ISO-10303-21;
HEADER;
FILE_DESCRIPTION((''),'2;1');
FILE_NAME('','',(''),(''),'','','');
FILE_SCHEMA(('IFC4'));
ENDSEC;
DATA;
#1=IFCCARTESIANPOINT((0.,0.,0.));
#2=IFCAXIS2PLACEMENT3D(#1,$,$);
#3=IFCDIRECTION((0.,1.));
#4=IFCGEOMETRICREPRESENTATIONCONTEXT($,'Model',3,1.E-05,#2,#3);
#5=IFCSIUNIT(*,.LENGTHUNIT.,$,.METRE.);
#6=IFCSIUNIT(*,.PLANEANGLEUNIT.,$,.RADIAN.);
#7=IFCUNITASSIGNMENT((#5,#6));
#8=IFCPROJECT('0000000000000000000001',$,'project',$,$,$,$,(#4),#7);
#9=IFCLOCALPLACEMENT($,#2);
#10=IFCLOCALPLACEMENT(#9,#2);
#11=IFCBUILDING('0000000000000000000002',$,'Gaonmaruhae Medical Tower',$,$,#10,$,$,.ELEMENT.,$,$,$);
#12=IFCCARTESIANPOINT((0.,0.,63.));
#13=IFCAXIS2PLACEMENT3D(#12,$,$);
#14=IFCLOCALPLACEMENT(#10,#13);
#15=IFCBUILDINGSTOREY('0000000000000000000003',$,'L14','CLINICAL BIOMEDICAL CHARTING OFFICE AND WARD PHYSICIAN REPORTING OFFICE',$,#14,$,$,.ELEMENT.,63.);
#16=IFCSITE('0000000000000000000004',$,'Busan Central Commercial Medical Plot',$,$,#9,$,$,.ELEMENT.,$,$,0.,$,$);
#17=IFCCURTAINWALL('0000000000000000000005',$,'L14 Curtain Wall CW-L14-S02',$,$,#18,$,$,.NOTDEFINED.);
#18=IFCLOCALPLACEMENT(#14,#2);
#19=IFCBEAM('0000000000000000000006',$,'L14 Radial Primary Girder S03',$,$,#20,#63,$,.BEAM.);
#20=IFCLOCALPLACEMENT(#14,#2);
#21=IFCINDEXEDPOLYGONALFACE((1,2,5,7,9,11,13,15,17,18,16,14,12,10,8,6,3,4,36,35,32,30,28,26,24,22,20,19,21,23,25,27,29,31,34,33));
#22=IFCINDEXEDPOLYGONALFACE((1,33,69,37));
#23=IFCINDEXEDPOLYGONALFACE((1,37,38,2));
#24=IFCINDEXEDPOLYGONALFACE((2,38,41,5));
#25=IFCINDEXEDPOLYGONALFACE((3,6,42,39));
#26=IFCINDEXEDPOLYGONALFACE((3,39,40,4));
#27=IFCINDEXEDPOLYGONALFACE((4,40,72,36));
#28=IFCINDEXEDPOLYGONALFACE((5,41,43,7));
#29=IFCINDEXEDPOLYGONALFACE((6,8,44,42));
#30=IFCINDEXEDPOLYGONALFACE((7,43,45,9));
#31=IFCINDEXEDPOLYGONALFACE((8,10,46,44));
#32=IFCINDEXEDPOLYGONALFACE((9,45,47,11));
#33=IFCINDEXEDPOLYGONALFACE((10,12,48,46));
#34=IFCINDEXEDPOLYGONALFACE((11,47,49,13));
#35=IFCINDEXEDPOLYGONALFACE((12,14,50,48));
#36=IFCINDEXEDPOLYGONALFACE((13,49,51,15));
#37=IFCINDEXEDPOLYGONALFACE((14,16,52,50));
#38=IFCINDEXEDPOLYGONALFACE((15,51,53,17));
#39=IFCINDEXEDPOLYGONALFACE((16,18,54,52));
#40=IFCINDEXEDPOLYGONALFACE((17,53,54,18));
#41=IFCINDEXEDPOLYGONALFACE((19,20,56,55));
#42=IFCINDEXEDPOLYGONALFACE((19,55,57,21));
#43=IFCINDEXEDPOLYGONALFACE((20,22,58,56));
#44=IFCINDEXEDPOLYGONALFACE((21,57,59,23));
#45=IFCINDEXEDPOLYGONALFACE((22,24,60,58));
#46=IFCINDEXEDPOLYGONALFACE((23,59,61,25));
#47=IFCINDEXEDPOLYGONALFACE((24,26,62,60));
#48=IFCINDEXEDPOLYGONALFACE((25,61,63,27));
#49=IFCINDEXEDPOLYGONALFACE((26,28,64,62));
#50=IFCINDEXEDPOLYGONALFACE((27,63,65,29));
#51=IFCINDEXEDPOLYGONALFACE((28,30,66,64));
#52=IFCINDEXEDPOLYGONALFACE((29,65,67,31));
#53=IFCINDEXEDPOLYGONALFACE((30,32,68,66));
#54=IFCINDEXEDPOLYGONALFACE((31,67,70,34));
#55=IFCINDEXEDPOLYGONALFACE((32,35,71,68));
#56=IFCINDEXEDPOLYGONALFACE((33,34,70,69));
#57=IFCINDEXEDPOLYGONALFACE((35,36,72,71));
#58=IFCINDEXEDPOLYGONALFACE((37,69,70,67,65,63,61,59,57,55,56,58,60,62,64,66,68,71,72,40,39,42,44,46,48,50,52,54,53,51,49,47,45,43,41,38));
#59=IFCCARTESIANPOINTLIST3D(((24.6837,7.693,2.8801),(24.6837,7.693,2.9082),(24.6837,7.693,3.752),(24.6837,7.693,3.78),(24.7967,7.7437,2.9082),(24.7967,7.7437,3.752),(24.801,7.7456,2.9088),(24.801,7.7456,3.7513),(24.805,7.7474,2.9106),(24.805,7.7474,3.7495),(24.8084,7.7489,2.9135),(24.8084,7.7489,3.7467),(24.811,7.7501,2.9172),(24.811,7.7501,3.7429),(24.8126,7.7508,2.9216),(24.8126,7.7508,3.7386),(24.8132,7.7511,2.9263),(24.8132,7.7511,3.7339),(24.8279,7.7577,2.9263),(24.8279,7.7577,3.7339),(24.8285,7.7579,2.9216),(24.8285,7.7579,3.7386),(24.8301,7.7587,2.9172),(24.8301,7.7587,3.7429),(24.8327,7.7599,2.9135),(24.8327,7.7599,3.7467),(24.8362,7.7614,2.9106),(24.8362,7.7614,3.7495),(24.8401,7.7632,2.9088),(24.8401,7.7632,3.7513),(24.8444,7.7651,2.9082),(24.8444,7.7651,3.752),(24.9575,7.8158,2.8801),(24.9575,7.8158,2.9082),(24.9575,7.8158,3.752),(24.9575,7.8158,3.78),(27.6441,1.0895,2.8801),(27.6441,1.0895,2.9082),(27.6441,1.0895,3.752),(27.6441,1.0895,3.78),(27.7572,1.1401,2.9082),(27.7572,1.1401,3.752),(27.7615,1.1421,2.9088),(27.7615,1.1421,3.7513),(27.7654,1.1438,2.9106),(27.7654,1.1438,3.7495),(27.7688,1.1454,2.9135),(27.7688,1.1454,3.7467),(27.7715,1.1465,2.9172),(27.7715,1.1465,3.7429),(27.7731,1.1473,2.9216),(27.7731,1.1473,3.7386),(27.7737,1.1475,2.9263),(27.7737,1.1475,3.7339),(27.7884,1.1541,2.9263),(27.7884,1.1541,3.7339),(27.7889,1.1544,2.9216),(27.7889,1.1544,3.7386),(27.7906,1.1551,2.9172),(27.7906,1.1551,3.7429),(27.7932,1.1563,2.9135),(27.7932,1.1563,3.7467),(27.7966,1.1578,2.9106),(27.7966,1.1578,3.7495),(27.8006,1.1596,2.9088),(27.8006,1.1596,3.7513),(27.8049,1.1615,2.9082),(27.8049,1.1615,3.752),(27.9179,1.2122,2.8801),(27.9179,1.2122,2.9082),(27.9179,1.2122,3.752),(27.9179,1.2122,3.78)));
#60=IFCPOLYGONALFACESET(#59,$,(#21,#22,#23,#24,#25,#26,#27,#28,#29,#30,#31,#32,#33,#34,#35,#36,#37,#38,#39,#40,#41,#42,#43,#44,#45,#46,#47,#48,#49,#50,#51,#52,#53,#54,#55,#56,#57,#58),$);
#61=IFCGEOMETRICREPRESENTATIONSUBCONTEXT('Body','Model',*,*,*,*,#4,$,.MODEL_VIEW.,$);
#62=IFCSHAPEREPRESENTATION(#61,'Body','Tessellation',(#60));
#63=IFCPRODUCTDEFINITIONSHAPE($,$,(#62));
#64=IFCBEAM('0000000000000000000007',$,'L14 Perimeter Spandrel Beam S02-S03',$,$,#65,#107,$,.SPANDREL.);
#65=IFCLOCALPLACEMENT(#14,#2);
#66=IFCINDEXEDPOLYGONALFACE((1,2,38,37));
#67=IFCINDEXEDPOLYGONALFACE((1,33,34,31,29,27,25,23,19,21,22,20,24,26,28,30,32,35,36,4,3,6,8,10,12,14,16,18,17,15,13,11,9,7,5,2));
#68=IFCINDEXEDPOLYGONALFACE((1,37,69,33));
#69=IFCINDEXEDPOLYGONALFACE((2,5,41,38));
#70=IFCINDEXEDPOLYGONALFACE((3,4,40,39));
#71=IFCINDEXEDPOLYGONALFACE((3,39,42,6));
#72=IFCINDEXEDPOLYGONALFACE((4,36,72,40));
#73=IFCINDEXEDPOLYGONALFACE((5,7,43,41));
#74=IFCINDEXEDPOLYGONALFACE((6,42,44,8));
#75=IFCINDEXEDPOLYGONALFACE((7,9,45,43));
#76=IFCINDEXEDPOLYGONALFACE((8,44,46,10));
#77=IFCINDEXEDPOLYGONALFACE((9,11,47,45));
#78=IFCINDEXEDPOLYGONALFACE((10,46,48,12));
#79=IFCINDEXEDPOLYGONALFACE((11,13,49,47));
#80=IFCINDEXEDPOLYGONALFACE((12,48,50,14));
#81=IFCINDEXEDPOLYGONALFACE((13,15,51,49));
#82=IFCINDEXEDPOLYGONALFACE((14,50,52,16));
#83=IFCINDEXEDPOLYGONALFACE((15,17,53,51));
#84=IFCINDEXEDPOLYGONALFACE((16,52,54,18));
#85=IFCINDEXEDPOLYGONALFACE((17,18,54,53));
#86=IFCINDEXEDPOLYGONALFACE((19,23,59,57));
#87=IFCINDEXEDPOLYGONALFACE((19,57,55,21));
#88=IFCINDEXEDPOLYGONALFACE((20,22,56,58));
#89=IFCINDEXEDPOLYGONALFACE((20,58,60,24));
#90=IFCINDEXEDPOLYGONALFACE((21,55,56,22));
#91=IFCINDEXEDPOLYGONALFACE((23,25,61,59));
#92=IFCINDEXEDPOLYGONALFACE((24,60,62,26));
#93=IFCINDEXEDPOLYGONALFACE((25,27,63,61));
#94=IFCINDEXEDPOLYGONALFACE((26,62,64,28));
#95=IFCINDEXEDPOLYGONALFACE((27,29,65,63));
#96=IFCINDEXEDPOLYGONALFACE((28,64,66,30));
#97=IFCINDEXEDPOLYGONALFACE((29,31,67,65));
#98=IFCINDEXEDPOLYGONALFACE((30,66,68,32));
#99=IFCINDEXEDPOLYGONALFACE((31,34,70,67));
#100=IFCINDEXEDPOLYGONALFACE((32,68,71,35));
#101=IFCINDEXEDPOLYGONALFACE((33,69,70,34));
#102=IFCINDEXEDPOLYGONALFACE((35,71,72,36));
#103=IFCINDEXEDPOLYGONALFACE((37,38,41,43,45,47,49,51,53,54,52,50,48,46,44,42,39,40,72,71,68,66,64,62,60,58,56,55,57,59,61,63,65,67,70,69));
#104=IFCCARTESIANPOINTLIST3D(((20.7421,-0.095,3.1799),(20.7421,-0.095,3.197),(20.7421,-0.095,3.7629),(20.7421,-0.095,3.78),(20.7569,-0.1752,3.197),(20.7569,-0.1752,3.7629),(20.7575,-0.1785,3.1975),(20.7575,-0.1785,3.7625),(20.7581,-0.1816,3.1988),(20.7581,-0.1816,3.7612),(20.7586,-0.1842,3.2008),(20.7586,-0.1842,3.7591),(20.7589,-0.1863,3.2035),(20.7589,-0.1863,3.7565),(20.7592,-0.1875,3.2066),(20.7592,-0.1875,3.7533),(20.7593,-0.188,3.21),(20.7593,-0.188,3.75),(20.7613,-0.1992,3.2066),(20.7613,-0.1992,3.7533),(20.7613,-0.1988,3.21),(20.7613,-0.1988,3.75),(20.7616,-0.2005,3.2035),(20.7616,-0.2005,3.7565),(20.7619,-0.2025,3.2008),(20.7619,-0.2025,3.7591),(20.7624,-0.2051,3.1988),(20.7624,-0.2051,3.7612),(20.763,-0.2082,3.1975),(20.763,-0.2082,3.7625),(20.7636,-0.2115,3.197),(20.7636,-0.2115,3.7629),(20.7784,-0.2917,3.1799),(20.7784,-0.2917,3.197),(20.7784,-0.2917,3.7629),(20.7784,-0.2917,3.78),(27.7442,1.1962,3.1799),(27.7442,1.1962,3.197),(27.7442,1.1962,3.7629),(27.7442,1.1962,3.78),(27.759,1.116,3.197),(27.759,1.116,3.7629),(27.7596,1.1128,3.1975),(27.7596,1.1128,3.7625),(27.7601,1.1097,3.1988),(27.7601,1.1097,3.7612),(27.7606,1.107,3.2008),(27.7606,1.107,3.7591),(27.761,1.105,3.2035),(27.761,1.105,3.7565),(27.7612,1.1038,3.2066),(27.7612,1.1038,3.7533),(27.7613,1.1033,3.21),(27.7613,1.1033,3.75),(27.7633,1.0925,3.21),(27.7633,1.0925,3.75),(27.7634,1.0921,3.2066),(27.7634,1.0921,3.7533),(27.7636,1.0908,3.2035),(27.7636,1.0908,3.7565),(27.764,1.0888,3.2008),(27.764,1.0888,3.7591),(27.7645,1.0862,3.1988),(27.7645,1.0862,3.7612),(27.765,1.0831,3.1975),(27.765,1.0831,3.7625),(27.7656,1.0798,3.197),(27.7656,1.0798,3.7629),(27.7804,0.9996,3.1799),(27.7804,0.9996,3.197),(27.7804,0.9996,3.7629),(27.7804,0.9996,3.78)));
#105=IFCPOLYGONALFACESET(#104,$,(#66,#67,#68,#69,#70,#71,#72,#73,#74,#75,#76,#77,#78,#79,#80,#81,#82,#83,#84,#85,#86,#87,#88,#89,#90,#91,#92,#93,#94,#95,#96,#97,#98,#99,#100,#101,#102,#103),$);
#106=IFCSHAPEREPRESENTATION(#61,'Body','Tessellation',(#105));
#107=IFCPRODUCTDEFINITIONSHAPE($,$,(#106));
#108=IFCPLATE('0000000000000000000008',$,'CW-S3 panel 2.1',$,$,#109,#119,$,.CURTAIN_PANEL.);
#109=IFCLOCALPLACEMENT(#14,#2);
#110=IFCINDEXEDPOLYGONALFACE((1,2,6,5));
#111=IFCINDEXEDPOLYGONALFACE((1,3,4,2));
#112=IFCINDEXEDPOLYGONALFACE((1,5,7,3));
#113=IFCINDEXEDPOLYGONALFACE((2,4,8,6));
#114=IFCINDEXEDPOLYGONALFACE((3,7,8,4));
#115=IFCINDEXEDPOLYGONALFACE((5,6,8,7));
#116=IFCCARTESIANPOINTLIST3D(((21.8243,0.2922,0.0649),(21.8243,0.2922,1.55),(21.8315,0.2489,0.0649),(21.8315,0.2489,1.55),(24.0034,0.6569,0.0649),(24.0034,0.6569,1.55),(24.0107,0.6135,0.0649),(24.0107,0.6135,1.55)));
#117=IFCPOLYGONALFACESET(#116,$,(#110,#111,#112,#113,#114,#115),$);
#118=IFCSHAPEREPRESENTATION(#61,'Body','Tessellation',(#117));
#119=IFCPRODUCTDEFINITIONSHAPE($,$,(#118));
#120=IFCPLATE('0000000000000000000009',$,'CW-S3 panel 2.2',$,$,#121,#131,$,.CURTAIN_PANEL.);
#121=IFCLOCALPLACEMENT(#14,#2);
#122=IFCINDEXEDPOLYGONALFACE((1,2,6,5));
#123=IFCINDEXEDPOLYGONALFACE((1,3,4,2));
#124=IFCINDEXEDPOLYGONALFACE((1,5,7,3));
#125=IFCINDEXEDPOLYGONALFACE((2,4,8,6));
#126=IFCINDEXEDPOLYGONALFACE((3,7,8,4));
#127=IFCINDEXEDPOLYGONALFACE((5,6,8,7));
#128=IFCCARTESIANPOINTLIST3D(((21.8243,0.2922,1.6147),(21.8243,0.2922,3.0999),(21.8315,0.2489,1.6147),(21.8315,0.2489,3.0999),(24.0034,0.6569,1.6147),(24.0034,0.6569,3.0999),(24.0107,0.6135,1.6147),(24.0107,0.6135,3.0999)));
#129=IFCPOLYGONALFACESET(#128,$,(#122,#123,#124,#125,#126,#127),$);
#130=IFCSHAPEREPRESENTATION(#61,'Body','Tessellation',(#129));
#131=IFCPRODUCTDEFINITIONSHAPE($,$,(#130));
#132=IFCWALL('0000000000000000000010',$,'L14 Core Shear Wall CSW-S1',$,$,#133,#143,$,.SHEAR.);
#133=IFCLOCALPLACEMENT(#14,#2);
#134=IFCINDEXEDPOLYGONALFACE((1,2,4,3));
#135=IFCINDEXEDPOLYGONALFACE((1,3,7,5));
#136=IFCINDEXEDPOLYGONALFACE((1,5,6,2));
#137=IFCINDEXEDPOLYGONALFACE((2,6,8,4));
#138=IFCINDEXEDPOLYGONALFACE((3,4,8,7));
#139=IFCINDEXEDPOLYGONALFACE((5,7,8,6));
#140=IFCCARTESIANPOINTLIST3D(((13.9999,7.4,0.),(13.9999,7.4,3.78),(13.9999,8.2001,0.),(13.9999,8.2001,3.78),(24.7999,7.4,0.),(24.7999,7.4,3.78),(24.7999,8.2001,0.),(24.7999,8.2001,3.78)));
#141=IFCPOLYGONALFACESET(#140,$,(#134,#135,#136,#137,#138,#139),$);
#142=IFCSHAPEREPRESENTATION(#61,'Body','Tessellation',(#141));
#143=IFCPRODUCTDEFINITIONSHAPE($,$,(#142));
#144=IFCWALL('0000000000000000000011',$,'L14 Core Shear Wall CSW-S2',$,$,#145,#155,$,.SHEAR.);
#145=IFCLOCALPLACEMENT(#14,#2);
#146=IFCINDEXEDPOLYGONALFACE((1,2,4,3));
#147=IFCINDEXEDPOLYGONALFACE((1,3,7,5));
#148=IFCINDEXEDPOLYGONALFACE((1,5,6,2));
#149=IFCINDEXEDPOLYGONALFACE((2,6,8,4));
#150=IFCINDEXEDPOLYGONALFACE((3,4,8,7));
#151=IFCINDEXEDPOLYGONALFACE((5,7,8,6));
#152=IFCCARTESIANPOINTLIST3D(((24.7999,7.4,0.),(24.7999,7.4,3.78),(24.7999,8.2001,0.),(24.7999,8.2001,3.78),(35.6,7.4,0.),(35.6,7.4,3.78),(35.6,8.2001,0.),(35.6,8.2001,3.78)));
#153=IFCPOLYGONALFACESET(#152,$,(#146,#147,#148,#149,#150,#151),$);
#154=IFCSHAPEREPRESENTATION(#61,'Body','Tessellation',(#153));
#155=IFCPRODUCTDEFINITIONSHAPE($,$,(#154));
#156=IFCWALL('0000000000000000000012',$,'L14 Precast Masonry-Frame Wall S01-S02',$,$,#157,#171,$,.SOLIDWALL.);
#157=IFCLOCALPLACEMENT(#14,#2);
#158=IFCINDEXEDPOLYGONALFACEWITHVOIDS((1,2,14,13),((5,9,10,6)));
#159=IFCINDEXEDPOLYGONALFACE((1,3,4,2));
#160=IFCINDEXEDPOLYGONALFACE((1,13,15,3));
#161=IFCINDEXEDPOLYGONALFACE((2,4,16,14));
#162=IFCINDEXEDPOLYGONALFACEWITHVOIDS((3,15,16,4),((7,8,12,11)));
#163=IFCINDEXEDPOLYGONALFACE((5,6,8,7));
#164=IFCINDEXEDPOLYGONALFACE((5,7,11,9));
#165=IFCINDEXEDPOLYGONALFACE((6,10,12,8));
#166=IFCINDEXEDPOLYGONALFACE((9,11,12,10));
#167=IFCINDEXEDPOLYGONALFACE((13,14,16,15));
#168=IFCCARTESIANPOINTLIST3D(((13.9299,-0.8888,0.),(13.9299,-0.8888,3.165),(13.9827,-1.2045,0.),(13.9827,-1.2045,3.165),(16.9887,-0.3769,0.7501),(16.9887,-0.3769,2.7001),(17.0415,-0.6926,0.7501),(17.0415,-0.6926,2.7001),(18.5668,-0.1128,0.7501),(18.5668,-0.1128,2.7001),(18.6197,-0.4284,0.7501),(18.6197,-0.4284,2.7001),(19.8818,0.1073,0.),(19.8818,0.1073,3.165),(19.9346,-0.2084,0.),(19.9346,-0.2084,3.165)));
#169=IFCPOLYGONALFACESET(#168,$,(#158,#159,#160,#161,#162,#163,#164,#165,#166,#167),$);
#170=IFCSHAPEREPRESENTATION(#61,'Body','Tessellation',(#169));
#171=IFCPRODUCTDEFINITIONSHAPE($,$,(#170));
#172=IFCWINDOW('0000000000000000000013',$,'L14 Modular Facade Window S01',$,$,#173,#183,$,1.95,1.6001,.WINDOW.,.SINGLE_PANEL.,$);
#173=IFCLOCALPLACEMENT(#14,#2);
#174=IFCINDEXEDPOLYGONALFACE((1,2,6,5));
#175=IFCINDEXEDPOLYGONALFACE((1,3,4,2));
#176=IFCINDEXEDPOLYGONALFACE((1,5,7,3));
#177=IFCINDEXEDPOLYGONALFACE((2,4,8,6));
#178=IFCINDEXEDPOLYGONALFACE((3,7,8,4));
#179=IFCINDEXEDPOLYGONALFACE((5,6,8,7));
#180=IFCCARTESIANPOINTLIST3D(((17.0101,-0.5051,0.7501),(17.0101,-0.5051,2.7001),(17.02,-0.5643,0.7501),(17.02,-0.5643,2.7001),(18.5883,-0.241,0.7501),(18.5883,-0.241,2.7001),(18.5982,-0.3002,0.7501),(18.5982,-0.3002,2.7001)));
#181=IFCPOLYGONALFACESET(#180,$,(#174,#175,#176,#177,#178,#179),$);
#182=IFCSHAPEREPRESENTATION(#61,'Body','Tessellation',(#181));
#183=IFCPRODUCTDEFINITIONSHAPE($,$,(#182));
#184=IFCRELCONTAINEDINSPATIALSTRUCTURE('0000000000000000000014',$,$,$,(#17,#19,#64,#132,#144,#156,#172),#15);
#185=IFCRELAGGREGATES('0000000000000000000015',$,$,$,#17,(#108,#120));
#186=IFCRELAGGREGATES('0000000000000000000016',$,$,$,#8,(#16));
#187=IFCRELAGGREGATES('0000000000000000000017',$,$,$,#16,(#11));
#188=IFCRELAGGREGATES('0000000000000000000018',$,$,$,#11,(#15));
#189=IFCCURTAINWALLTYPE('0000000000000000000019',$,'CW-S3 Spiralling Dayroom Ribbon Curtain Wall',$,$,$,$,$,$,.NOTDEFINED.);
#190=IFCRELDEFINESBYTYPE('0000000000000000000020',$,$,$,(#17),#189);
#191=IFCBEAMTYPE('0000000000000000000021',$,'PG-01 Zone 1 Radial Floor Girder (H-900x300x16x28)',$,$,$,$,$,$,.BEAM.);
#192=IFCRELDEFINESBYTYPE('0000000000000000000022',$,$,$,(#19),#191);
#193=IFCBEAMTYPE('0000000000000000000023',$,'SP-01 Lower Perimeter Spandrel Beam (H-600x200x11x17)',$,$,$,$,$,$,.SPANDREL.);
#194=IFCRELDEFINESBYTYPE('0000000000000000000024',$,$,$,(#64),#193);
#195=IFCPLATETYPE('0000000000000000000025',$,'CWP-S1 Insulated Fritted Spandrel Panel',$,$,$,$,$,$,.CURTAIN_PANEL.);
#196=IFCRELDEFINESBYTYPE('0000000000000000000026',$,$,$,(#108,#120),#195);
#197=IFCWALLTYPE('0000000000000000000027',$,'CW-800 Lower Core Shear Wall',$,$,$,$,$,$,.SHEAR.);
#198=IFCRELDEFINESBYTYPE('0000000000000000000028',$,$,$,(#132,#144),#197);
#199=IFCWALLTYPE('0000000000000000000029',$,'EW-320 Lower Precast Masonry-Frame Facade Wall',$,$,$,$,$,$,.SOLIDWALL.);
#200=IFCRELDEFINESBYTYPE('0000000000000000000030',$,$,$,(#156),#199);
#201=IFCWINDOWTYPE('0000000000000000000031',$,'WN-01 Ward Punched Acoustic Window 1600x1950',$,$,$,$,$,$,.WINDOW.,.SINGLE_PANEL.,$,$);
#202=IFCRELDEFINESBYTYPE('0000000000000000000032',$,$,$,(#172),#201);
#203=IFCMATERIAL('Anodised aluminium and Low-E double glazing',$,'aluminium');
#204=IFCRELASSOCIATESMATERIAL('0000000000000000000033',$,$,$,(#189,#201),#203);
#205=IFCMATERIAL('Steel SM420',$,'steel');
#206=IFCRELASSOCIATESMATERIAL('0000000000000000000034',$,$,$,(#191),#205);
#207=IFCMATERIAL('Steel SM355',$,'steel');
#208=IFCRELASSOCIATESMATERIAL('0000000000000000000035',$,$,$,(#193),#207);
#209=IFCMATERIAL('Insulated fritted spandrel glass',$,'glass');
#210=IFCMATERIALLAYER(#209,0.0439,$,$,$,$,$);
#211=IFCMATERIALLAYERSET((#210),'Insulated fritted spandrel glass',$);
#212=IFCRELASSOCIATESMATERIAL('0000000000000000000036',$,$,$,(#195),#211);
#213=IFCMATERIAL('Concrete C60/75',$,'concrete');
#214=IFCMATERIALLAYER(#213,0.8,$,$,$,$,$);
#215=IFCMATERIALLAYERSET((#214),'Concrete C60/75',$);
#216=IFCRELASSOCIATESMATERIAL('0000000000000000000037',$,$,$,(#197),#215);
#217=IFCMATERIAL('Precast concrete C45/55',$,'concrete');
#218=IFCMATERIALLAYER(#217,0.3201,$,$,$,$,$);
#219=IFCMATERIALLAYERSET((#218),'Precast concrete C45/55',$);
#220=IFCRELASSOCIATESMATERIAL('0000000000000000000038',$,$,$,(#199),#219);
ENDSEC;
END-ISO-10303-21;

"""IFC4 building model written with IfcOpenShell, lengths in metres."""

from ifc_helpers import new_model, si_unit, direction, frame, frame_2d, origin, origin_2d, place, context, subcontext, project, spatial, rectangle, i_section, extrude, material, layer, layer_set, material_profile, profile_set, type_object, element, fill, aggregate, save


model = new_model("IFC4")

# Units and contexts
model_context = context("Model", 3, precision=1e-05, world=origin(), true_north=direction((0.0, 1.0)))
body_context = subcontext(model_context, "Body", "Model", "MODEL_VIEW")
ifc_project = project(units=[si_unit("LENGTHUNIT", "METRE"), si_unit("PLANEANGLEUNIT", "RADIAN")], contexts=[model_context])

# Site, building, storey
site_placement = place(None, origin())
site = spatial("IfcSite", under=ifc_project, at=site_placement, Name="Busan Central Commercial Medical Plot", CompositionType="ELEMENT", RefElevation=0.0)
building_placement = place(site_placement, origin())
building = spatial("IfcBuilding", under=site, at=building_placement, Name="Gaonmaruhae Medical Tower", CompositionType="ELEMENT")
storey_placement = place(building_placement, frame((0.0, 0.0, 63.0)))
storey = spatial("IfcBuildingStorey", under=building, at=storey_placement, Name="L14", Description="CLINICAL BIOMEDICAL CHARTING OFFICE AND WARD PHYSICIAN REPORTING OFFICE", CompositionType="ELEMENT", Elevation=63.0)

# Shared definitions
ifc_material_1 = material(Name="Concrete C60/75", Category="concrete")

# Curtain wall
ifc_material_2 = material(Name="Anodised aluminium and Low-E double glazing", Category="aluminium")
curtain_wall_type = type_object("IfcCurtainWallType", Name="CW-S3 Spiralling Dayroom Ribbon Curtain Wall", PredefinedType="NOTDEFINED", material=ifc_material_2)
curtain_wall_placement = place(storey_placement, origin())
curtain_wall = element("IfcCurtainWall", 1, at=curtain_wall_placement, inside=storey, type_object=curtain_wall_type, Name="L14 Curtain Wall CW-L14-S02", PredefinedType="NOTDEFINED")

# Beams
ifc_material_3 = material(Name="Steel SM420", Category="steel")
ifc_material_profile_1 = material_profile(ifc_material_3, i_section(OverallWidth=0.3, OverallDepth=0.8999, WebThickness=0.0161, FlangeThickness=0.0281, FilletRadius=0.0181, at=origin_2d()), Name="H-900x300x16x28")
ifc_profile_set_1 = profile_set([ifc_material_profile_1], Name="Steel SM420")
beam_type_1 = type_object("IfcBeamType", Name="PG-01 Zone 1 Radial Floor Girder (H-900x300x16x28)", PredefinedType="BEAM", material=ifc_profile_set_1)
beam_1_placement = place(storey_placement, frame((24.8206, 7.7544, 3.3301), z_axis=(0.409085, -0.912496, 0.0), x_axis=(0.912496, 0.409085, 0.0)))
element("IfcBeam", 2, at=beam_1_placement, inside=storey, type_object=beam_type_1, Name="L14 Radial Primary Girder S03", PredefinedType="BEAM", context=body_context, shape_type="SweptSolid", body=[
    extrude(i_section(OverallWidth=0.3, OverallDepth=0.8999, WebThickness=0.0161, FlangeThickness=0.0281, FilletRadius=0.0181, at=origin_2d()), origin(), (0.0, 0.0, 1.0), 7.2368),
])
ifc_material_4 = material(Name="Steel SM355", Category="steel")
ifc_material_profile_2 = material_profile(ifc_material_4, i_section(OverallWidth=0.2, OverallDepth=0.6001, WebThickness=0.011, FlangeThickness=0.0171, FilletRadius=0.0129, at=origin_2d()), Name="H-600x200x11x17")
ifc_profile_set_2 = profile_set([ifc_material_profile_2], Name="Steel SM355")
beam_type_2 = type_object("IfcBeamType", Name="SP-01 Lower Perimeter Spandrel Beam (H-600x200x11x17)", PredefinedType="SPANDREL", material=ifc_profile_set_2)
beam_2_placement = place(storey_placement, frame((20.7603, -0.1934, 3.48), z_axis=(0.983417, 0.181356, 0.0), x_axis=(-0.181356, 0.983417, 0.0)))
element("IfcBeam", 3, at=beam_2_placement, inside=storey, type_object=beam_type_2, Name="L14 Perimeter Spandrel Beam S02-S03", PredefinedType="SPANDREL", context=body_context, shape_type="SweptSolid", body=[
    extrude(i_section(OverallWidth=0.2, OverallDepth=0.6001, WebThickness=0.011, FlangeThickness=0.0171, FilletRadius=0.0129, at=origin_2d()), origin(), (0.0, 0.0, 1.0), 7.1201),
])

# Plates
ifc_material_5 = material(Name="Insulated fritted spandrel glass", Category="glass")
ifc_layer_1 = layer(ifc_material_5, 0.0439)
ifc_layer_set_1 = layer_set([ifc_layer_1], Name="Insulated fritted spandrel glass")
plate_type = type_object("IfcPlateType", Name="CWP-S1 Insulated Fritted Spandrel Panel", PredefinedType="CURTAIN_PANEL", material=ifc_layer_set_1)
plate_1_placement = place(storey_placement, frame((22.9175, 0.4529, 0.0649), z_axis=(0.0, 0.0, 1.0), x_axis=(-0.986287, -0.165042, 0.0)))
plate_1 = element("IfcPlate", 4, at=plate_1_placement, type_object=plate_type, Name="CW-S3 panel 2.1", PredefinedType="CURTAIN_PANEL", context=body_context, shape_type="SweptSolid", body=[
    extrude(rectangle(XDim=2.2095, YDim=0.0439, at=origin_2d()), origin(), (0.0, 0.0, 1.0), 1.4851),
])
plate_2_placement = place(storey_placement, frame((22.9175, 0.4529, 1.6147), z_axis=(0.0, 0.0, 1.0), x_axis=(-0.986287, -0.165042, 0.0)))
plate_2 = element("IfcPlate", 5, at=plate_2_placement, type_object=plate_type, Name="CW-S3 panel 2.2", PredefinedType="CURTAIN_PANEL", context=body_context, shape_type="SweptSolid", body=[
    extrude(rectangle(XDim=2.2095, YDim=0.0439, at=origin_2d()), origin(), (0.0, 0.0, 1.0), 1.4851),
])
aggregate(curtain_wall, [plate_1, plate_2])

# Walls
ifc_layer_2 = layer(ifc_material_1, 0.8)
ifc_layer_set_2 = layer_set([ifc_layer_2], Name="Concrete C60/75")
wall_type_1 = type_object("IfcWallType", Name="CW-800 Lower Core Shear Wall", PredefinedType="SHEAR", material=ifc_layer_set_2)
for number, where, z_axis, x_axis, name in (
    (6, (14.0, 7.8, 0.0), (0.0, 0.0, 1.0), (1.0, 0.0, 0.0), "L14 Core Shear Wall CSW-S1"),
    (7, (24.8, 7.8, 0.0), (0.0, 0.0, 1.0), (1.0, 0.0, 0.0), "L14 Core Shear Wall CSW-S2"),
):
    element("IfcWall", number, at=place(storey_placement, frame(where, z_axis=z_axis, x_axis=x_axis)), inside=storey, type_object=wall_type_1, Name=name, PredefinedType="SHEAR", context=body_context, shape_type="SweptSolid", body=[
        extrude(rectangle(XDim=10.8, YDim=0.8, at=frame_2d((5.3999, 0.0))), origin(), (0.0, 0.0, 1.0), 3.78),
    ])

# Wall, opening, window
ifc_material_6 = material(Name="Precast concrete C45/55", Category="concrete")
ifc_layer_3 = layer(ifc_material_6, 0.3201)
ifc_layer_set_3 = layer_set([ifc_layer_3], Name="Precast concrete C45/55")
wall_type_2 = type_object("IfcWallType", Name="EW-320 Lower Precast Masonry-Frame Facade Wall", PredefinedType="SOLIDWALL", material=ifc_layer_set_3)
wall_1_placement = place(storey_placement, frame((19.9082, -0.0505, 0.0), z_axis=(0.0, 0.0, 1.0), x_axis=(-0.986283, -0.165062, 0.0)))
wall_1 = element("IfcWall", 8, at=wall_1_placement, inside=storey, type_object=wall_type_2, Name="L14 Precast Masonry-Frame Wall S01-S02", PredefinedType="SOLIDWALL", context=body_context, shape_type="SweptSolid", body=[
    extrude(rectangle(XDim=6.0347, YDim=0.3201, at=frame_2d((3.0173, 0.0))), origin(), (0.0, 0.0, 1.0), 3.165),
])
opening_placement = place(wall_1_placement, frame((1.3333, 0.0, 0.75)))
opening = element("IfcOpeningElement", 9, at=opening_placement, cuts=wall_1, PredefinedType="OPENING", context=body_context, shape_type="SweptSolid", body=[
    extrude(rectangle(XDim=1.6001, YDim=1.95, at=frame_2d((0.8, 0.9751))), frame((0.0, 0.1699, 0.0), z_axis=(0.0, -1.0, 0.0), x_axis=(1.0, 0.0, 0.0)), (0.0, 0.0, 1.0), 0.3401),
])
window_type = type_object("IfcWindowType", Name="WN-01 Ward Punched Acoustic Window 1600x1950", PartitioningType="SINGLE_PANEL", PredefinedType="WINDOW", material=ifc_material_2)
window_placement = place(opening_placement, origin())
window = element("IfcWindow", 10, at=window_placement, inside=storey, type_object=window_type, Name="L14 Modular Facade Window S01", OverallHeight=1.95, OverallWidth=1.6001, PartitioningType="SINGLE_PANEL", PredefinedType="WINDOW", context=body_context, shape_type="SweptSolid", body=[
    extrude(rectangle(XDim=1.6001, YDim=1.95, at=frame_2d((0.8, 0.9751))), frame((0.0, 0.03, 0.0), z_axis=(0.0, -1.0, 0.0), x_axis=(1.0, 0.0, 0.0)), (0.0, 0.0, 1.0), 0.0601),
])
fill(opening, window)

save(model, "model.ifc")
